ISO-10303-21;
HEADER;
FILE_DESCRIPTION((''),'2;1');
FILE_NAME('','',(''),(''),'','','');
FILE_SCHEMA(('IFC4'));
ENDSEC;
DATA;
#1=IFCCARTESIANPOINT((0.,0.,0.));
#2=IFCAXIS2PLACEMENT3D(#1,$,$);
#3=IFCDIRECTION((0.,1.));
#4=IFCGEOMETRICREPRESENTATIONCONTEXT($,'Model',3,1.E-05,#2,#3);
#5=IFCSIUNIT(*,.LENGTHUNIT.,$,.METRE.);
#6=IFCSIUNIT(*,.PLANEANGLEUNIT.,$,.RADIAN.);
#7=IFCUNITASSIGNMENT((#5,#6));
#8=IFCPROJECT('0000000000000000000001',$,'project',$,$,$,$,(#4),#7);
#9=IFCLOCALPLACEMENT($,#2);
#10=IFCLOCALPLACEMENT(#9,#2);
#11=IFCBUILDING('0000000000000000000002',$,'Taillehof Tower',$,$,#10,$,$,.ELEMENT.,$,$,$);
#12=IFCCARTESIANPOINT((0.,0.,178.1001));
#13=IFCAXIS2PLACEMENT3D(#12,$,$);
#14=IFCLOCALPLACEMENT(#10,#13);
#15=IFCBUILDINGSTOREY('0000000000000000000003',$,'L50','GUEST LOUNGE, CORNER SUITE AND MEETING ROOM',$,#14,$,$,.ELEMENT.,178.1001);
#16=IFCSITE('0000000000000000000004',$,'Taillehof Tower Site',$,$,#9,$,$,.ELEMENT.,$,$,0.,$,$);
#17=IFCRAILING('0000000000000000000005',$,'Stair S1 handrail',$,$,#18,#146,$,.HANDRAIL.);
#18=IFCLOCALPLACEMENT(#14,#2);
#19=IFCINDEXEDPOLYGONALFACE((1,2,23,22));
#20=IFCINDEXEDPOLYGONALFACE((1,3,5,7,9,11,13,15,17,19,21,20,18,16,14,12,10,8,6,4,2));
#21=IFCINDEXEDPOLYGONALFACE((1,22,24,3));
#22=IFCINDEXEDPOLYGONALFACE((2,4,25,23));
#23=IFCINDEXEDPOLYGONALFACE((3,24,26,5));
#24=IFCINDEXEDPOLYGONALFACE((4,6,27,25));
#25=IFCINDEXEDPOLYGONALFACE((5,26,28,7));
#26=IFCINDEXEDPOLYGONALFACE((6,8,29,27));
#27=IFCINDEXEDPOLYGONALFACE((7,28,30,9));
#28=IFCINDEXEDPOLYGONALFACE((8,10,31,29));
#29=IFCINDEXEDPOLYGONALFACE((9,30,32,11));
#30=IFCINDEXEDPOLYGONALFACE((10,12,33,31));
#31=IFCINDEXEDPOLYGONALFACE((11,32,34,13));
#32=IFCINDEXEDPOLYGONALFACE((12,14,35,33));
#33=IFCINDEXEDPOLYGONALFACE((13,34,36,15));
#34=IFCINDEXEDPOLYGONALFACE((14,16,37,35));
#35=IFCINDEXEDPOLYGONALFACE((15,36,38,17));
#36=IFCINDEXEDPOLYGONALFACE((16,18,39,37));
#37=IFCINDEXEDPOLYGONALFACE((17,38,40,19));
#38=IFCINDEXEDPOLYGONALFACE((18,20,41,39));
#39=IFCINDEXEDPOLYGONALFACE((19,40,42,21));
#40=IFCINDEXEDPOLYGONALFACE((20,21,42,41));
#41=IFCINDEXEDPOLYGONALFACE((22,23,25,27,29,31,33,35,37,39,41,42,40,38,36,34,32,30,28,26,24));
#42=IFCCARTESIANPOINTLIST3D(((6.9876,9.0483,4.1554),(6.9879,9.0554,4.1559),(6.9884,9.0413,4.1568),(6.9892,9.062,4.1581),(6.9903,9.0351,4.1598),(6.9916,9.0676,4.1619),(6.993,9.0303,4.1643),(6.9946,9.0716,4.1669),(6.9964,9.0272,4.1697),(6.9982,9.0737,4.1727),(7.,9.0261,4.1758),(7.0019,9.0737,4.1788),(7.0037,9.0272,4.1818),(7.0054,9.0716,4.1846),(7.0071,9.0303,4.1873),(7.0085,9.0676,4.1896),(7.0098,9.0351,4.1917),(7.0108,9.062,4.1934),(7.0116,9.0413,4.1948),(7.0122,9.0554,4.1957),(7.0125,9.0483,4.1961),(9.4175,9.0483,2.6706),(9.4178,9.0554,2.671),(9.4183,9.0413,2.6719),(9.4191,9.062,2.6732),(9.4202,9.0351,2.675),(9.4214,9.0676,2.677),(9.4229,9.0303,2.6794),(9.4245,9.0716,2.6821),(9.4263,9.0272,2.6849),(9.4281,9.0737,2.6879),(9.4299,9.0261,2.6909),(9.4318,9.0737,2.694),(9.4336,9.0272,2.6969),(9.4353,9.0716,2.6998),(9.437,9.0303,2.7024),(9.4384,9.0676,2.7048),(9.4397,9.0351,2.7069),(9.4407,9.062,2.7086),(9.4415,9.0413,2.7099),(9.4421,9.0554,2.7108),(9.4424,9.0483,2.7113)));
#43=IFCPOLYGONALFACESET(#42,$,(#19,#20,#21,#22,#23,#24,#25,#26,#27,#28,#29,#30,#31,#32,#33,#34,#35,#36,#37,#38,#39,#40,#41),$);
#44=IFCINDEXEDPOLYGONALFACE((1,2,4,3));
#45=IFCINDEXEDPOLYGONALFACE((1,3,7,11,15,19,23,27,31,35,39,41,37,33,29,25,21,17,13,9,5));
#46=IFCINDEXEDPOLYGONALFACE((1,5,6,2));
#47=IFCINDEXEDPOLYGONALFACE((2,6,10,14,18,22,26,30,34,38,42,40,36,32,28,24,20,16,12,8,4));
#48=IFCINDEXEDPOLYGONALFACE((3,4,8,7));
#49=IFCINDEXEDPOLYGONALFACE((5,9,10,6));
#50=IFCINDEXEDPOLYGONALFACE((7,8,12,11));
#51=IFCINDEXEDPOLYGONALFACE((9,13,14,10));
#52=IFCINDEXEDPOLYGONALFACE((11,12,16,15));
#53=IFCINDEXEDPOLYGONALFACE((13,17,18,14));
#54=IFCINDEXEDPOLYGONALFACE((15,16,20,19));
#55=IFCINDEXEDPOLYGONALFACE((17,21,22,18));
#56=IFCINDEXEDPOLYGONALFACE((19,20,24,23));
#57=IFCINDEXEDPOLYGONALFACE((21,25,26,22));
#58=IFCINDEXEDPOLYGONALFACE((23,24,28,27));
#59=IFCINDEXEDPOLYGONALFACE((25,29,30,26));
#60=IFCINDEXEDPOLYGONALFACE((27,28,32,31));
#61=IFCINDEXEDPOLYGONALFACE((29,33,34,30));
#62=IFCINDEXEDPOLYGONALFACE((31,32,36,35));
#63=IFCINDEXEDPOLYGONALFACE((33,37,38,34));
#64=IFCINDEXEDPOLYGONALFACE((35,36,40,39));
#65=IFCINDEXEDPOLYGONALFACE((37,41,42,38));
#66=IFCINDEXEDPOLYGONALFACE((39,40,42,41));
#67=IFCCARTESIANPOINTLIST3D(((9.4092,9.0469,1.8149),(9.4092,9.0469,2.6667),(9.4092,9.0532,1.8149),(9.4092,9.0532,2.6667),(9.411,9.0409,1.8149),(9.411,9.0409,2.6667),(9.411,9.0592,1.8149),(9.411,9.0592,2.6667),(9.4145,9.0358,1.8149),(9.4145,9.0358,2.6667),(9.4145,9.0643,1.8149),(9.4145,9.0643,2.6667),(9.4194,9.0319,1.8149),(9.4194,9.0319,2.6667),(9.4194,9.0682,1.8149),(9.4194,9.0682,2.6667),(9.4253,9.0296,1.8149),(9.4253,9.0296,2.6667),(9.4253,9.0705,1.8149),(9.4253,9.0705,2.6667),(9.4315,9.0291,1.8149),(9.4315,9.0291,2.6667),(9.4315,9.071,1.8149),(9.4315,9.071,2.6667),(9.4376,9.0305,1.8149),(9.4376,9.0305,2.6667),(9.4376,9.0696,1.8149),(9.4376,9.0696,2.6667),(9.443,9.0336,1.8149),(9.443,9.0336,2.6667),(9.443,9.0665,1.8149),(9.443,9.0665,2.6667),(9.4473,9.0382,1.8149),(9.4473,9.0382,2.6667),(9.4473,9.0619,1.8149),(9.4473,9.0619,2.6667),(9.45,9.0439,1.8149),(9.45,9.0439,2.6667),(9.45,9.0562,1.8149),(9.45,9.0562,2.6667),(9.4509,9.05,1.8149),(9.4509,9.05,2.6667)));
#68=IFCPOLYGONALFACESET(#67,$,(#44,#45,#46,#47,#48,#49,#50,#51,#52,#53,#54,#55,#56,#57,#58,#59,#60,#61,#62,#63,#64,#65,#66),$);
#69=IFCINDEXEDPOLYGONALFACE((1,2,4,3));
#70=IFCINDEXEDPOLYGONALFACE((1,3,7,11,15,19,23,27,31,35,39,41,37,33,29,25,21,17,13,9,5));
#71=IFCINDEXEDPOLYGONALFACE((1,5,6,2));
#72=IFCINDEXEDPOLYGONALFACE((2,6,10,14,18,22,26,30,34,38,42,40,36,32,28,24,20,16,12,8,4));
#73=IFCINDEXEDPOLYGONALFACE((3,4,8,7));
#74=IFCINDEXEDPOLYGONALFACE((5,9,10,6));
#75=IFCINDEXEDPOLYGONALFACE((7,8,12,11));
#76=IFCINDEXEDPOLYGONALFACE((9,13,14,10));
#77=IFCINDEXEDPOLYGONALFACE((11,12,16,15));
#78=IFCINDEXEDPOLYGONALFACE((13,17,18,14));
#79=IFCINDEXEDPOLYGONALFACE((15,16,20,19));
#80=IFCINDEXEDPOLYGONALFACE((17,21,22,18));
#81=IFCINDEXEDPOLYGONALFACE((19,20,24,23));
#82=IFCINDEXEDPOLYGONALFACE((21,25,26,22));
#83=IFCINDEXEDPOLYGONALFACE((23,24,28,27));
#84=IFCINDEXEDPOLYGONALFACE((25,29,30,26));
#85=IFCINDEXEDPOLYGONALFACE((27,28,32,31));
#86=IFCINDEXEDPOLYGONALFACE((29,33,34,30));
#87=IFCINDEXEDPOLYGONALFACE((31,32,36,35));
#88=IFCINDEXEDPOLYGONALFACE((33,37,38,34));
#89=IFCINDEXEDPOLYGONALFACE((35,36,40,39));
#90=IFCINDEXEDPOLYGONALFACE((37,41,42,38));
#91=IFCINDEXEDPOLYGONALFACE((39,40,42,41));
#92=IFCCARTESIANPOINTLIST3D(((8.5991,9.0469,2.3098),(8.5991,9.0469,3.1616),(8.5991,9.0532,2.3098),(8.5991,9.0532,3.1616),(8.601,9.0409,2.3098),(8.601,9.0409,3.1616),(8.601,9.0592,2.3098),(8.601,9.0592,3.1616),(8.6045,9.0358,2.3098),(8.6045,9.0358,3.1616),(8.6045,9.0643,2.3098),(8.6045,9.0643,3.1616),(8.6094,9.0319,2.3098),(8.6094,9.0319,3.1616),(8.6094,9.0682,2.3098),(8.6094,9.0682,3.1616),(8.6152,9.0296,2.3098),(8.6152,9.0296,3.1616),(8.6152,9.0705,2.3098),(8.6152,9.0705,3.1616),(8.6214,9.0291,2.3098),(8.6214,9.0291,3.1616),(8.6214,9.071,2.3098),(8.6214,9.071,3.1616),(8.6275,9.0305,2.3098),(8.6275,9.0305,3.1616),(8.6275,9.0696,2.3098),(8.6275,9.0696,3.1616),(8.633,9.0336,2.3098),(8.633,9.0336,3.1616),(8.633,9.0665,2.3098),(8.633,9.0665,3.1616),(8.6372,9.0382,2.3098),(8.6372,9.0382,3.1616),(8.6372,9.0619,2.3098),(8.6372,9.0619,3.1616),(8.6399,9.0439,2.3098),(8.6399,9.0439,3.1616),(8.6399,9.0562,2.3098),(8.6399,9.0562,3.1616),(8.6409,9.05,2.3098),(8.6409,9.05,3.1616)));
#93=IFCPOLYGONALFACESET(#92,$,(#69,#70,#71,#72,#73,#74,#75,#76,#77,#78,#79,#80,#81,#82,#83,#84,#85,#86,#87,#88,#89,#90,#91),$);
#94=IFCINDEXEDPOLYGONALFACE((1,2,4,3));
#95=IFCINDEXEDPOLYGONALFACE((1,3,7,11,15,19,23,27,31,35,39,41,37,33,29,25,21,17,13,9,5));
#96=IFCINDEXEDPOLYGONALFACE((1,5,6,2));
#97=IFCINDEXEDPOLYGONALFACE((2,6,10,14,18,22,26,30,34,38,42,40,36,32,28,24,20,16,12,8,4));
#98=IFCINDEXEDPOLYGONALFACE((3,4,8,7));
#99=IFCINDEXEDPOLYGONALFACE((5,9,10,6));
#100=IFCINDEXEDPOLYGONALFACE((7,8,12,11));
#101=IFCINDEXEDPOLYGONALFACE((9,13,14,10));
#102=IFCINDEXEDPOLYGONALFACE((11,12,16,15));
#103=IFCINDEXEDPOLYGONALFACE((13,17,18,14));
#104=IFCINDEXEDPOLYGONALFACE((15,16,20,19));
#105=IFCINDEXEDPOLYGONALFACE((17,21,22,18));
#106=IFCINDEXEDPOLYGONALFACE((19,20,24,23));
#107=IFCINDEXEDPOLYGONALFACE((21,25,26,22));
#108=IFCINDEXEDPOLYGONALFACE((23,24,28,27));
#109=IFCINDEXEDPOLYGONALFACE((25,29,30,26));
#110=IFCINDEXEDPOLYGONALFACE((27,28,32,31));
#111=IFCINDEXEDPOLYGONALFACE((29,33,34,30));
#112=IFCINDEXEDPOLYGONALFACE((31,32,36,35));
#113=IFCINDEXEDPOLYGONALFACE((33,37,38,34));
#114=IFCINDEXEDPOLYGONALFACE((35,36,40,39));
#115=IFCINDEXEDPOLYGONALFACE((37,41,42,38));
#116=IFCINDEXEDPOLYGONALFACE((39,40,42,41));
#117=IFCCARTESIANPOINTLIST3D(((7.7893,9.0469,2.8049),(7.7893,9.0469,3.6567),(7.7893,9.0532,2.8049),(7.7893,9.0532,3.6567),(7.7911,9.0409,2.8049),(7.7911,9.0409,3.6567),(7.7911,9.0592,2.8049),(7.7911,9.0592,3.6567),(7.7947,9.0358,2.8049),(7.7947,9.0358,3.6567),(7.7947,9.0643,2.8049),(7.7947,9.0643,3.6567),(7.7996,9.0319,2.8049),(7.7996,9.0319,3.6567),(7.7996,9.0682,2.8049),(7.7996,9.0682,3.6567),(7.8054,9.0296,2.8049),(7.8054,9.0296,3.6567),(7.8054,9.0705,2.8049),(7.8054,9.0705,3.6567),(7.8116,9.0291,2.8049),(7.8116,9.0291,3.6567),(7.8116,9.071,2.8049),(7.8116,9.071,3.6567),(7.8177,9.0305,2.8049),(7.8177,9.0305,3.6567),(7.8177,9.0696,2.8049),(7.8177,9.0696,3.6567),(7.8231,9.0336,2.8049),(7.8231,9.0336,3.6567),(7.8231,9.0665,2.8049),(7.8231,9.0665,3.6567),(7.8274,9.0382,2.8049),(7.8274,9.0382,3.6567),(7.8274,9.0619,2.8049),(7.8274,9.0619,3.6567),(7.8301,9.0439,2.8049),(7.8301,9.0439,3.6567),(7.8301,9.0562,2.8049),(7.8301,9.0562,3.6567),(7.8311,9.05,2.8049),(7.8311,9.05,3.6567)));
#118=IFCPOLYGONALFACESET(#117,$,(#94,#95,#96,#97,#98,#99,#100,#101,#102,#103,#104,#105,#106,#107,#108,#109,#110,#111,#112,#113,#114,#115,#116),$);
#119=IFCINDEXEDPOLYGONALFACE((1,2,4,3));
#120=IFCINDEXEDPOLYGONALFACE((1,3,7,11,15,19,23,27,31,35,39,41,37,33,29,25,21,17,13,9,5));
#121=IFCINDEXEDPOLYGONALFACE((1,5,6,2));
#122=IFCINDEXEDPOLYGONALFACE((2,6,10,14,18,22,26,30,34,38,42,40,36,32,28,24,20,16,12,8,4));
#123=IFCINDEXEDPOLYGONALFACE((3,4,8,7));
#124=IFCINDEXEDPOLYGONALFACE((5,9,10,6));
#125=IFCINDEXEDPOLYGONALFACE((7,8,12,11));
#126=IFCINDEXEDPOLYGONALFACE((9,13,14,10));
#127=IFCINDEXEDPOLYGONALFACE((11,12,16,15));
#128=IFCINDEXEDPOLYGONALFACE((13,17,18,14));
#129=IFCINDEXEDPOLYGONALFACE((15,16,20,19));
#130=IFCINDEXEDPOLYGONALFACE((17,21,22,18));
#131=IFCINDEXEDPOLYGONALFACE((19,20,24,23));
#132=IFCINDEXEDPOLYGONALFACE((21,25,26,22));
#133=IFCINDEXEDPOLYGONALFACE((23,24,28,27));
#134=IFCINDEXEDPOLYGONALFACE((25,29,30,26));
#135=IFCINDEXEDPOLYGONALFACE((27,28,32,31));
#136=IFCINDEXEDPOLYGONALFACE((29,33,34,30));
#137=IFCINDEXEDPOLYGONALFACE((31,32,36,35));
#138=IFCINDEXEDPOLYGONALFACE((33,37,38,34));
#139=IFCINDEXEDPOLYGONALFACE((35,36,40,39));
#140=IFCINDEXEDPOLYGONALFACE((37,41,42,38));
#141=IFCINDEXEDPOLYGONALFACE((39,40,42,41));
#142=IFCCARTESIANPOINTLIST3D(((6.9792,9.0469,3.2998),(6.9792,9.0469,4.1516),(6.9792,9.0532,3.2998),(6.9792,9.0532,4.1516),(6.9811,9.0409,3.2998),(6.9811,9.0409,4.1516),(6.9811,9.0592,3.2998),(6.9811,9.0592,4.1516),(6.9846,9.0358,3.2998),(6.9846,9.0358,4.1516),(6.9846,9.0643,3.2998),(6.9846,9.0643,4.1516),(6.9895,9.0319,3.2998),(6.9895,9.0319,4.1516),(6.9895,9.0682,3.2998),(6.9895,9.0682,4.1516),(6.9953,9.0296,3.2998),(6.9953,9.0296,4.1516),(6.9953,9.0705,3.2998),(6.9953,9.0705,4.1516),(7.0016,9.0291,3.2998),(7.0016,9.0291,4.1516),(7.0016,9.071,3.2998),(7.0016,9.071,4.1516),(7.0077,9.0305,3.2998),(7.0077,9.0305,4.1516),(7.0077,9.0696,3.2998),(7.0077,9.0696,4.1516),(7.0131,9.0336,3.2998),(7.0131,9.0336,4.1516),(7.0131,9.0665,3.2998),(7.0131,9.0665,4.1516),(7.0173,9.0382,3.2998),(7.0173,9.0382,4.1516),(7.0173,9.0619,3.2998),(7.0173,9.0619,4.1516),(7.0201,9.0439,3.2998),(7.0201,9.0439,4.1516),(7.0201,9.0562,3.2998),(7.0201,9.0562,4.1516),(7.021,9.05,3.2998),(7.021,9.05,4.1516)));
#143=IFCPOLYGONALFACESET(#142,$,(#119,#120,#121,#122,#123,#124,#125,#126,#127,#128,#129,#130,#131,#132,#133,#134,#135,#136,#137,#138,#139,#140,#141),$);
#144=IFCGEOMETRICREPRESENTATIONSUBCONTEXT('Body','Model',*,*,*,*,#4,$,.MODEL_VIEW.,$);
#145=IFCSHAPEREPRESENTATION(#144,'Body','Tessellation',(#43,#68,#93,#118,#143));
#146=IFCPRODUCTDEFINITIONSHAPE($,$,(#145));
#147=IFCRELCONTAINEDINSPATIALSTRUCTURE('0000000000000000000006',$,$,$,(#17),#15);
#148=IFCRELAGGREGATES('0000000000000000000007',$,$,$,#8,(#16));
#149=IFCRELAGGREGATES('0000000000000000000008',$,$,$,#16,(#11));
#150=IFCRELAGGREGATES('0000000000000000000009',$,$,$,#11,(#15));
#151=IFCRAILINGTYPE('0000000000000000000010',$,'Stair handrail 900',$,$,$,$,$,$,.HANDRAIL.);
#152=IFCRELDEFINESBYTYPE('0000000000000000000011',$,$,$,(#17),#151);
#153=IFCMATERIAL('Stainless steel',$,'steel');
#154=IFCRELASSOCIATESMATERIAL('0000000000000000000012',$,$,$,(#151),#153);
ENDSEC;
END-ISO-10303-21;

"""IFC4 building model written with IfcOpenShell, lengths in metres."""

from ifc_helpers import new_model, si_unit, direction, frame, origin, origin_2d, place, context, subcontext, project, spatial, circle, extrude, material, type_object, element, save


model = new_model("IFC4")

# Units and contexts
model_context = context("Model", 3, precision=1e-05, world=origin(), true_north=direction((0.0, 1.0)))
body_context = subcontext(model_context, "Body", "Model", "MODEL_VIEW")
ifc_project = project(units=[si_unit("LENGTHUNIT", "METRE"), si_unit("PLANEANGLEUNIT", "RADIAN")], contexts=[model_context])

# Site, building, storey
site_placement = place(None, origin())
site = spatial("IfcSite", under=ifc_project, at=site_placement, Name="Taillehof Tower Site", CompositionType="ELEMENT", RefElevation=0.0)
building_placement = place(site_placement, origin())
building = spatial("IfcBuilding", under=site, at=building_placement, Name="Taillehof Tower", CompositionType="ELEMENT")
storey_placement = place(building_placement, frame((0.0, 0.0, 178.1001)))
storey = spatial("IfcBuildingStorey", under=building, at=storey_placement, Name="L50", Description="GUEST LOUNGE, CORNER SUITE AND MEETING ROOM", CompositionType="ELEMENT", Elevation=178.1001)

# Railing
ifc_material_1 = material(Name="Stainless steel", Category="steel")
railing_type = type_object("IfcRailingType", Name="Stair handrail 900", PredefinedType="HANDRAIL", material=ifc_material_1)
railing_placement = place(storey_placement, frame((9.4299, 9.05, 1.8149)))
element("IfcRailing", 1, at=railing_placement, inside=storey, type_object=railing_type, Name="Stair S1 handrail", PredefinedType="HANDRAIL", context=body_context, shape_type="SweptSolid", body=[
    extrude(circle(Radius=0.0239, at=origin_2d()), frame((0.0, 0.0, 0.876), z_axis=(-0.853297, 0.0, 0.521426), x_axis=(0.0, -1.0, 0.0)), (0.0, 0.0, 1.0), 2.8477),
    extrude(circle(Radius=0.021, at=origin_2d()), origin(), (0.0, 0.0, 1.0), 0.8518),
    extrude(circle(Radius=0.021, at=origin_2d()), frame((-0.8101, 0.0, 0.4949)), (0.0, 0.0, 1.0), 0.8518),
    extrude(circle(Radius=0.021, at=origin_2d()), frame((-1.6199, 0.0, 0.99)), (0.0, 0.0, 1.0), 0.8518),
    extrude(circle(Radius=0.021, at=origin_2d()), frame((-2.4299, 0.0, 1.4849)), (0.0, 0.0, 1.0), 0.8518),
])

save(model, "model.ifc")
